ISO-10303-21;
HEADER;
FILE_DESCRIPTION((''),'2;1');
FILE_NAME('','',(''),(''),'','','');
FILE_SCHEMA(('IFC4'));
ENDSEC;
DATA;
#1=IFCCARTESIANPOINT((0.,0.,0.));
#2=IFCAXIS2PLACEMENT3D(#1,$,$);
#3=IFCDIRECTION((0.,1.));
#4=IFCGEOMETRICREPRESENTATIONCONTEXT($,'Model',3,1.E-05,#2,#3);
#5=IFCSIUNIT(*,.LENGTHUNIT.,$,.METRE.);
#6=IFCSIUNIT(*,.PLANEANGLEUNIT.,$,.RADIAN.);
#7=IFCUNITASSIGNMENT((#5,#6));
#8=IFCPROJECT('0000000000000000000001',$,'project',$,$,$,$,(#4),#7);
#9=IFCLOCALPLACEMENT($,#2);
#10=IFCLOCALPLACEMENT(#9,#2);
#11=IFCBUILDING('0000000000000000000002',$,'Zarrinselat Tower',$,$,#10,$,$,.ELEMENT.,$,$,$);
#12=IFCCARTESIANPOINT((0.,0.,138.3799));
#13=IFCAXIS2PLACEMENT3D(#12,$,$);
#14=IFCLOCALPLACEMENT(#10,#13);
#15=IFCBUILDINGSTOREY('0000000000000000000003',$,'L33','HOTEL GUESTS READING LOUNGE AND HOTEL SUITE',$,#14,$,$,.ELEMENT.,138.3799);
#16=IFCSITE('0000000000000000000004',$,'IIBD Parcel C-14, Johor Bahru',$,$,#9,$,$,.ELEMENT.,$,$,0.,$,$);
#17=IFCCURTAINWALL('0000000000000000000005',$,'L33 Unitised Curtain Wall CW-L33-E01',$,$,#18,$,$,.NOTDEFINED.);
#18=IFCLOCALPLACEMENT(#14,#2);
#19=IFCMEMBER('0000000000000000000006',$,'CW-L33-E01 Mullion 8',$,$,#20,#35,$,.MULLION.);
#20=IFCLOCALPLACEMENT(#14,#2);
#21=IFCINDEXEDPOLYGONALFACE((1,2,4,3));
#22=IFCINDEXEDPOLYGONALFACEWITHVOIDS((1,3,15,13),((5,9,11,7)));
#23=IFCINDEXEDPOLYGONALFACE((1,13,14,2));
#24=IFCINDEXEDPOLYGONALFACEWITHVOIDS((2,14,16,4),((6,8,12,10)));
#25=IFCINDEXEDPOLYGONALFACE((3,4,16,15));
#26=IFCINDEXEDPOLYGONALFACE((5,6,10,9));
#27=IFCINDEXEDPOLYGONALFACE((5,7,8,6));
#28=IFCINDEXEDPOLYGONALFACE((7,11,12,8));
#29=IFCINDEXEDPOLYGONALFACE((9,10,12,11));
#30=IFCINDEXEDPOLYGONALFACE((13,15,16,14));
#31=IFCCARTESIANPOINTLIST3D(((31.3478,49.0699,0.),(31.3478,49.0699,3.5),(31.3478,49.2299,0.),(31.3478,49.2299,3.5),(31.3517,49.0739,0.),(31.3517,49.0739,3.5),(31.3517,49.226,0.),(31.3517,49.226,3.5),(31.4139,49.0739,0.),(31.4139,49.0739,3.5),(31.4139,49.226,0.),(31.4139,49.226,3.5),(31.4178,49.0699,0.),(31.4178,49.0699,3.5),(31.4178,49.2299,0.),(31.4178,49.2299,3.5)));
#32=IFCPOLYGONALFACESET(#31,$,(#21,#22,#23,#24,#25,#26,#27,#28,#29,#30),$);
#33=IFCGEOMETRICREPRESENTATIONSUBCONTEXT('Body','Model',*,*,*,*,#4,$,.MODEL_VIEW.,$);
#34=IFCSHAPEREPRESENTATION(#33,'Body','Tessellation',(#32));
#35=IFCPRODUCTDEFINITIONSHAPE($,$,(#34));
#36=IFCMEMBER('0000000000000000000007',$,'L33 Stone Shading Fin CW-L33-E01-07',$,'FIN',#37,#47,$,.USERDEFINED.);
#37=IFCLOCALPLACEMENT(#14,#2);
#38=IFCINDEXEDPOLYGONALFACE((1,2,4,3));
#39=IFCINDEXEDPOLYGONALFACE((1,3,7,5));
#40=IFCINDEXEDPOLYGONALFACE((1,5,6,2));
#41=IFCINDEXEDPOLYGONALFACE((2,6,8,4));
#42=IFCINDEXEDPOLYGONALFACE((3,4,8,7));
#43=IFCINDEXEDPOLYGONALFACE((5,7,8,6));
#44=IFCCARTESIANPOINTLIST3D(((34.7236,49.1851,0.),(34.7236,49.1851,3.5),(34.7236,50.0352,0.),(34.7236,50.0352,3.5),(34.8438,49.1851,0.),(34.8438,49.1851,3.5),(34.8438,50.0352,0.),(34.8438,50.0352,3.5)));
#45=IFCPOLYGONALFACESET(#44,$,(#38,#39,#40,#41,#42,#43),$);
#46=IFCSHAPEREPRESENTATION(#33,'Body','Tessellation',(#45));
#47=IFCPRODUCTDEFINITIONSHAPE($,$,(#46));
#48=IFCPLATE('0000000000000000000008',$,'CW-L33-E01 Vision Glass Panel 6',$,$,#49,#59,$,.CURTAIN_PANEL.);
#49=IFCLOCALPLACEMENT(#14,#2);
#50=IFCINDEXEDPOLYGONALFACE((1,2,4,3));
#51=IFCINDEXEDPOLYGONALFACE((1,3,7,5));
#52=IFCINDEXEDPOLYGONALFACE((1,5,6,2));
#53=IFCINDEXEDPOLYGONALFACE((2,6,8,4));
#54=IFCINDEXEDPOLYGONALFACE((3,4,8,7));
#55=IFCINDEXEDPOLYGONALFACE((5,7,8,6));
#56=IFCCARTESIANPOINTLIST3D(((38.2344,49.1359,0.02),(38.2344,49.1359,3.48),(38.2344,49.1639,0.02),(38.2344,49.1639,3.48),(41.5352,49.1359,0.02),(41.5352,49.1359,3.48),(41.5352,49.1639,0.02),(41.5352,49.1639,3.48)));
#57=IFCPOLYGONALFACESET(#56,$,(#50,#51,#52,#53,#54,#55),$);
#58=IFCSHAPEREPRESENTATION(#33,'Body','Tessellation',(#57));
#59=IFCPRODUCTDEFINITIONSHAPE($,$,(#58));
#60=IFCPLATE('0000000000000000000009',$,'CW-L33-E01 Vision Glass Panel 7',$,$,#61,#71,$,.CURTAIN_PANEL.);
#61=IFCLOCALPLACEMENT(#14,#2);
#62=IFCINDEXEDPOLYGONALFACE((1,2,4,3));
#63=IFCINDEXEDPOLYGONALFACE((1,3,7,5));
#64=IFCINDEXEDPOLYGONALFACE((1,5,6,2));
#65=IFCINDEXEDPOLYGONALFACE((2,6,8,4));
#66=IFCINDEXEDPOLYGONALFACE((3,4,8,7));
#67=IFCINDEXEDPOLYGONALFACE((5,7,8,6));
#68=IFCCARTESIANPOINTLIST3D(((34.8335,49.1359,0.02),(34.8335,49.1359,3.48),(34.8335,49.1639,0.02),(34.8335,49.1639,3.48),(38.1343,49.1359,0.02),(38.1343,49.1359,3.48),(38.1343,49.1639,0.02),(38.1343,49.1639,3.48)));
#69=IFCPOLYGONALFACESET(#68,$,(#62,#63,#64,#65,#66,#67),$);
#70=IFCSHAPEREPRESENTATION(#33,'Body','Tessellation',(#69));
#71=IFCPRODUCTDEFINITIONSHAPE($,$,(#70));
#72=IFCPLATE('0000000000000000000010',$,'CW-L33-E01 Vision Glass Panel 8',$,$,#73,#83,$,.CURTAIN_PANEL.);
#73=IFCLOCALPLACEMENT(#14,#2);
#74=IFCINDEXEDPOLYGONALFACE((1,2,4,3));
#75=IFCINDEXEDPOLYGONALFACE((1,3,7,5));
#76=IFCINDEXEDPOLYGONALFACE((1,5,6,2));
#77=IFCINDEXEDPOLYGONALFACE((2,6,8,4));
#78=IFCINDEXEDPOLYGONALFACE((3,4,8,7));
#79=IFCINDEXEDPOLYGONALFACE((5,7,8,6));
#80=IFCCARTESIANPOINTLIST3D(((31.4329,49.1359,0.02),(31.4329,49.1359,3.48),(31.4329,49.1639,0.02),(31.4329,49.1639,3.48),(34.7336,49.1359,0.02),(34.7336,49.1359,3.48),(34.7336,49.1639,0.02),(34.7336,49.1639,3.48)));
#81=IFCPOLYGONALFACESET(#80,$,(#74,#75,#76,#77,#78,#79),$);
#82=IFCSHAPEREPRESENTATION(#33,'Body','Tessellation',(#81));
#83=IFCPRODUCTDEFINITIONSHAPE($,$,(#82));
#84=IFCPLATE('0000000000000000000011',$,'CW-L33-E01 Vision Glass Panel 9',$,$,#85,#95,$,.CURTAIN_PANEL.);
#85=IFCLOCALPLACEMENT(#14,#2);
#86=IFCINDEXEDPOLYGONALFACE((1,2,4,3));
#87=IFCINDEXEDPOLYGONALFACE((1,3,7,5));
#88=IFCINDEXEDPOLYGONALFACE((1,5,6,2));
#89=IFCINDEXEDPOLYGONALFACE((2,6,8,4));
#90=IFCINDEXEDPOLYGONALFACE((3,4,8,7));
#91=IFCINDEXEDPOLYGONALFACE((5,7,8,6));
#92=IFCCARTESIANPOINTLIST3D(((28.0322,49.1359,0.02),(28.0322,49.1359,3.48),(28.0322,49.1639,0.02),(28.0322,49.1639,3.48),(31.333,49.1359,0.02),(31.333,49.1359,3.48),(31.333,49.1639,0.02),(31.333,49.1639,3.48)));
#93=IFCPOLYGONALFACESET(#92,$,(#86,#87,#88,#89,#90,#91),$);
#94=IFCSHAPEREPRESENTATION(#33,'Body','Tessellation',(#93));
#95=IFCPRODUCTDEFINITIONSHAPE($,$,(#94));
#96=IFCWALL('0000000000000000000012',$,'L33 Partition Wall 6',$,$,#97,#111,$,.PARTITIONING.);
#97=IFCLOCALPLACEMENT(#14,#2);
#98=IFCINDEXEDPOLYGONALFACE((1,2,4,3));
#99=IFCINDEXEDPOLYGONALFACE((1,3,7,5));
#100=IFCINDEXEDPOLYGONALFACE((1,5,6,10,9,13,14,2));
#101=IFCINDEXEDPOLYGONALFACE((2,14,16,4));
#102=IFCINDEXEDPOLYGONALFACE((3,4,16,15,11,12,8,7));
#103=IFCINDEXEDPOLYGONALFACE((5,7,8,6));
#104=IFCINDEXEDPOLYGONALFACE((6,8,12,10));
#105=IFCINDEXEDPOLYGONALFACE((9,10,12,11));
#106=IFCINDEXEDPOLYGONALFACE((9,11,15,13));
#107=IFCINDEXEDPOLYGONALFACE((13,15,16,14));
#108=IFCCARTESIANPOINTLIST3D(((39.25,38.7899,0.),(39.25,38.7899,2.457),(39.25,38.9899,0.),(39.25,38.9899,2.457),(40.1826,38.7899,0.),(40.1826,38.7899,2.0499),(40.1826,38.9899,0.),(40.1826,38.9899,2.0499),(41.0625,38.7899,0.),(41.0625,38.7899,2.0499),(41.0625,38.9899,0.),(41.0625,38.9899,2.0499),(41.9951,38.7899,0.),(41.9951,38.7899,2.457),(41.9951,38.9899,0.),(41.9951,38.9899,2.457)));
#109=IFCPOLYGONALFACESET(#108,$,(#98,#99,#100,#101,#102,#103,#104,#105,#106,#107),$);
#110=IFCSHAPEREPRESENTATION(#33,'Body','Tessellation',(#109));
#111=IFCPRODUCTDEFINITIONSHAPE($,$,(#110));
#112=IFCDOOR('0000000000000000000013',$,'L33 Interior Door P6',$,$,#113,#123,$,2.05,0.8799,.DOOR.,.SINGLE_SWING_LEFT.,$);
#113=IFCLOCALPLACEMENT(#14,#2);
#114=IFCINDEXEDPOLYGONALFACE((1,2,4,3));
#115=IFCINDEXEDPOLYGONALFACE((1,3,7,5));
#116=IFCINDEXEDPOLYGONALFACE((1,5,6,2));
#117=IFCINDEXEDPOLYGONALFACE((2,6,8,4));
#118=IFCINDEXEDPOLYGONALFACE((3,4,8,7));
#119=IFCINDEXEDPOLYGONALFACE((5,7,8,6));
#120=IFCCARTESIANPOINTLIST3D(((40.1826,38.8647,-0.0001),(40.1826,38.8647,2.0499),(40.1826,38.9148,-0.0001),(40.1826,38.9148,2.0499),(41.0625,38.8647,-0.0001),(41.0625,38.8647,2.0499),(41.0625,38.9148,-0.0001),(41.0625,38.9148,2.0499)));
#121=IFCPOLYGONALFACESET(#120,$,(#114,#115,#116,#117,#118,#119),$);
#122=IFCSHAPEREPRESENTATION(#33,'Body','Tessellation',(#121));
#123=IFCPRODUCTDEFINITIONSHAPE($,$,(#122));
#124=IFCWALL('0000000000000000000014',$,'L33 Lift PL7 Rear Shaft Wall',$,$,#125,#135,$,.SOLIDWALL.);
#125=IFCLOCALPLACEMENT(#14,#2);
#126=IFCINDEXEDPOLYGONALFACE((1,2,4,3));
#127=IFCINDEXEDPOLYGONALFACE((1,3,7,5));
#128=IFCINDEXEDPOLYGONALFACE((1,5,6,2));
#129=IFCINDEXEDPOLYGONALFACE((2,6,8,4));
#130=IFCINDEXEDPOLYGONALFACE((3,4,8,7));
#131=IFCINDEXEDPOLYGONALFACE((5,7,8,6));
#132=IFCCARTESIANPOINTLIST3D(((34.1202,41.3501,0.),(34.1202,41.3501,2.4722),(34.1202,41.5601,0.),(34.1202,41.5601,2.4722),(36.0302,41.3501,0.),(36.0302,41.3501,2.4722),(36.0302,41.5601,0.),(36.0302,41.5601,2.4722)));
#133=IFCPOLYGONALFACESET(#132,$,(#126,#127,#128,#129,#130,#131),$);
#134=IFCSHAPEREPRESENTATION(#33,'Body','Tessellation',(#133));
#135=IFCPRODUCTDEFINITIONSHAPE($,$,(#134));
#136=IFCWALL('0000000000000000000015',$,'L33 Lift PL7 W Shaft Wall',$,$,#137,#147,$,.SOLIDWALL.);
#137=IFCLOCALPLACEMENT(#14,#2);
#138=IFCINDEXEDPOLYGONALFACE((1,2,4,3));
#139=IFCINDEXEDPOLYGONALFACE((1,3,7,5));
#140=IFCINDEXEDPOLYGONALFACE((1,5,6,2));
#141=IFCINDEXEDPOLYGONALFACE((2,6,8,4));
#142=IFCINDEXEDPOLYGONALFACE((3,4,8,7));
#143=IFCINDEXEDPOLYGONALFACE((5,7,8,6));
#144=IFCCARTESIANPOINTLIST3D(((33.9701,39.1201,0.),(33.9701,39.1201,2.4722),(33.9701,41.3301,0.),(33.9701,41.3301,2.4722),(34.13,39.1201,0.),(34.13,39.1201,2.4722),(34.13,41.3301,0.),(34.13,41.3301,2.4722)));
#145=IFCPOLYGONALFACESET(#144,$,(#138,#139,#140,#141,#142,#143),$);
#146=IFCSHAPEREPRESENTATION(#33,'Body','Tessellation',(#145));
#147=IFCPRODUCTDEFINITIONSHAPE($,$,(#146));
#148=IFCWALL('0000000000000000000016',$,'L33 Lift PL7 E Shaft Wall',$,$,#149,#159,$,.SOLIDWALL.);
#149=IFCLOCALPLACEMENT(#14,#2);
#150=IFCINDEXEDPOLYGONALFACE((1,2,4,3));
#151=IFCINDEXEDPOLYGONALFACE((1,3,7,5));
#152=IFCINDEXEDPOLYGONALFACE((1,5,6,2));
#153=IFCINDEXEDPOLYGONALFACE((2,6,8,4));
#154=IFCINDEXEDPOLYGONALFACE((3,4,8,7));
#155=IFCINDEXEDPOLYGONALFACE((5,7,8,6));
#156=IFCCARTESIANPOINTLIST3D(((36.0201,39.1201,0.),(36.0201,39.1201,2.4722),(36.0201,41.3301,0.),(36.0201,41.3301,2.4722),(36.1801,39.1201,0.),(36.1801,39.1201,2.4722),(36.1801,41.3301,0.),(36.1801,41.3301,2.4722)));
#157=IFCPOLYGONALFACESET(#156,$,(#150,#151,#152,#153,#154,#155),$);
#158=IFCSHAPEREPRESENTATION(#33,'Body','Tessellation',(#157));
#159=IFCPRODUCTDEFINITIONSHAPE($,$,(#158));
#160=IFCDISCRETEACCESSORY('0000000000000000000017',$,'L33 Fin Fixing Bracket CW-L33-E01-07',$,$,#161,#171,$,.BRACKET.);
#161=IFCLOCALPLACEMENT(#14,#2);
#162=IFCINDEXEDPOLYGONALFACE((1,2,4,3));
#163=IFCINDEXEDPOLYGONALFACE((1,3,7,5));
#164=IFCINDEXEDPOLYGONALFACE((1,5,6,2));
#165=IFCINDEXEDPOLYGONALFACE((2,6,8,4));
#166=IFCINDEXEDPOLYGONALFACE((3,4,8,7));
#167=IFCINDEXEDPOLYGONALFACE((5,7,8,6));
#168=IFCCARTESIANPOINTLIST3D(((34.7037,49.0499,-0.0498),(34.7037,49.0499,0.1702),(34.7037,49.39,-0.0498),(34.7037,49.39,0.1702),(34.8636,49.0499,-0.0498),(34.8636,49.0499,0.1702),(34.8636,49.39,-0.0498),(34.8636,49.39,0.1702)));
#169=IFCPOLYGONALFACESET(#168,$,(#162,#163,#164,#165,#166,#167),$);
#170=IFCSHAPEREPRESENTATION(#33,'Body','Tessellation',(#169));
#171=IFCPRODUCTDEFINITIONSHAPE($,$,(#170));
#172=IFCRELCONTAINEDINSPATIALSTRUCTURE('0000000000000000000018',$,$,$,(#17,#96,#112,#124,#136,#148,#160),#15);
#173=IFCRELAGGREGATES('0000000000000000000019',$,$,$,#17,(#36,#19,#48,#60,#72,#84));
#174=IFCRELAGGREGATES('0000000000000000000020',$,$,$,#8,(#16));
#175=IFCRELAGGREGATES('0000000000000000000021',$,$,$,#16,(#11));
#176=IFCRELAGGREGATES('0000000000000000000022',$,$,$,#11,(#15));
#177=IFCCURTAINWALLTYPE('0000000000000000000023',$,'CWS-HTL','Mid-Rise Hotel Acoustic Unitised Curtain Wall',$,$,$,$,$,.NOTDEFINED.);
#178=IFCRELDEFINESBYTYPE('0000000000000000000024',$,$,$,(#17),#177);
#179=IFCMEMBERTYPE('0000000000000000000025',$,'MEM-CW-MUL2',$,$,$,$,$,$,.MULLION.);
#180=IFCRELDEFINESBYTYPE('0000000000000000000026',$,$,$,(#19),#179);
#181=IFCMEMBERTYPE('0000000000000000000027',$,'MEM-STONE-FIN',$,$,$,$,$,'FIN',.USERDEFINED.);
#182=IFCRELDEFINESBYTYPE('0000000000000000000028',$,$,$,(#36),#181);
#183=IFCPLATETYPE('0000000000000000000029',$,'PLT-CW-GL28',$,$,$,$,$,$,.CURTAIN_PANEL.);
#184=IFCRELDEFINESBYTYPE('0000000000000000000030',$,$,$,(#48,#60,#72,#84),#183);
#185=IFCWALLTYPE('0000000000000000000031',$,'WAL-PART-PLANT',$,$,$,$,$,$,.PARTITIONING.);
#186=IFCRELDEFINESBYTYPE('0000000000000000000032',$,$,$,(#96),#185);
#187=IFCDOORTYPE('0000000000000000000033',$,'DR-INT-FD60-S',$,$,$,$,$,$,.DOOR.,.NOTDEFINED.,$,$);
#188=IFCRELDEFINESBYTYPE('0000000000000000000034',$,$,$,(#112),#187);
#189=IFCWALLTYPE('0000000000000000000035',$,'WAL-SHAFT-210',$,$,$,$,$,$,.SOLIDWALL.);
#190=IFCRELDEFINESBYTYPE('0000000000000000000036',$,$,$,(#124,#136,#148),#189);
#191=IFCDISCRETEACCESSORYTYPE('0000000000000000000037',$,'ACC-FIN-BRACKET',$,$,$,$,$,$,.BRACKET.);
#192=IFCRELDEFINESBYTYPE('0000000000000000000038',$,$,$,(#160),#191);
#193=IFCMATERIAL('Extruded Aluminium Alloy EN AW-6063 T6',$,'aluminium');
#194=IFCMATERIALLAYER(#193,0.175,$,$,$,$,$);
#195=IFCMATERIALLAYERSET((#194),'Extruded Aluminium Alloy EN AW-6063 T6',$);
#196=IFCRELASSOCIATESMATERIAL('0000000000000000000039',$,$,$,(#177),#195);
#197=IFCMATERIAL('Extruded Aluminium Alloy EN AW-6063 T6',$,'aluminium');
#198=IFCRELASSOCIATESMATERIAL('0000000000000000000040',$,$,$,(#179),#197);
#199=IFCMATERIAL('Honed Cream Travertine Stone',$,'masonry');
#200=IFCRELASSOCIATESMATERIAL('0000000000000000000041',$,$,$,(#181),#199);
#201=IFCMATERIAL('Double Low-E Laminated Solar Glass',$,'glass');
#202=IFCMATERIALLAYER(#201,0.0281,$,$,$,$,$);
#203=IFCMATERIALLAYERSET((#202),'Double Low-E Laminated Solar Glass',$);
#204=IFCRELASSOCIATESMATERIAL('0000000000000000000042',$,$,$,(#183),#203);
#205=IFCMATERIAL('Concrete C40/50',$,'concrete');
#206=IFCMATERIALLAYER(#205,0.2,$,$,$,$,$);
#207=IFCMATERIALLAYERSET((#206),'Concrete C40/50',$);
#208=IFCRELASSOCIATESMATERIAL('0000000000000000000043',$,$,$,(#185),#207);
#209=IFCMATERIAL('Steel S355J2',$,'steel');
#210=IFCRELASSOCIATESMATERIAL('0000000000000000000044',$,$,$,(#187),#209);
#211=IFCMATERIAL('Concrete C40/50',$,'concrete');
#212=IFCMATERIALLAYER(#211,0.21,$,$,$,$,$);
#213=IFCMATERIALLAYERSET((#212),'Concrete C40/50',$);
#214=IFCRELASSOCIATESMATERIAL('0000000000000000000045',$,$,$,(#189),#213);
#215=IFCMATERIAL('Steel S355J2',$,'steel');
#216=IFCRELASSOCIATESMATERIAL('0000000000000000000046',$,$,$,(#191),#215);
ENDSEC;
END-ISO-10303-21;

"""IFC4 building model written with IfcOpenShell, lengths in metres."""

from ifc_helpers import new_model, si_unit, direction, frame, frame_2d, origin, origin_2d, place, context, subcontext, project, spatial, rectangle, hollow_rectangle, extrude, material, layer, layer_set, material_profile, profile_set, type_object, element, fill, aggregate, save


model = new_model("IFC4")

# Units and contexts
model_context = context("Model", 3, precision=1e-05, world=origin(), true_north=direction((0.0, 1.0)))
body_context = subcontext(model_context, "Body", "Model", "MODEL_VIEW")
ifc_project = project(units=[si_unit("LENGTHUNIT", "METRE"), si_unit("PLANEANGLEUNIT", "RADIAN")], contexts=[model_context])

# Site, building, storey
site_placement = place(None, origin())
site = spatial("IfcSite", under=ifc_project, at=site_placement, Name="IIBD Parcel C-14, Johor Bahru", CompositionType="ELEMENT", RefElevation=0.0)
building_placement = place(site_placement, origin())
building = spatial("IfcBuilding", under=site, at=building_placement, Name="Zarrinselat Tower", CompositionType="ELEMENT")
storey_placement = place(building_placement, frame((0.0, 0.0, 138.3799)))
storey = spatial("IfcBuildingStorey", under=building, at=storey_placement, Name="L33", Description="HOTEL GUESTS READING LOUNGE AND HOTEL SUITE", CompositionType="ELEMENT", Elevation=138.3799)

# Curtain wall, members, plates
ifc_material_1 = material(Name="Extruded Aluminium Alloy EN AW-6063 T6", Category="aluminium")
ifc_layer_1 = layer(ifc_material_1, 0.175)
ifc_layer_set_1 = layer_set([ifc_layer_1], Name="Extruded Aluminium Alloy EN AW-6063 T6")
curtain_wall_type = type_object("IfcCurtainWallType", Name="CWS-HTL", Description="Mid-Rise Hotel Acoustic Unitised Curtain Wall", PredefinedType="NOTDEFINED", material=ifc_layer_set_1)
curtain_wall_placement = place(storey_placement, origin())
curtain_wall = element("IfcCurtainWall", 1, at=curtain_wall_placement, inside=storey, type_object=curtain_wall_type, Name="L33 Unitised Curtain Wall CW-L33-E01", PredefinedType="NOTDEFINED")
ifc_material_2 = material(Name="Extruded Aluminium Alloy EN AW-6063 T6", Category="aluminium")
ifc_material_profile_1 = material_profile(ifc_material_2, hollow_rectangle(XDim=0.0701, YDim=0.1599, WallThickness=0.0039, at=origin_2d()), Name="RHS 160x70x4")
ifc_profile_set_1 = profile_set([ifc_material_profile_1], Name="Extruded Aluminium Alloy EN AW-6063 T6")
member_type_1 = type_object("IfcMemberType", Name="MEM-CW-MUL2", PredefinedType="MULLION", material=ifc_profile_set_1)
member_1_placement = place(storey_placement, frame((31.3828, 49.1499, 0.0), z_axis=(0.0, 0.0, 1.0), x_axis=(-1.0, 0.0, 0.0)))
member_1 = element("IfcMember", 2, at=member_1_placement, type_object=member_type_1, Name="CW-L33-E01 Mullion 8", PredefinedType="MULLION", context=body_context, shape_type="SweptSolid", body=[
    extrude(hollow_rectangle(XDim=0.0701, YDim=0.1599, WallThickness=0.0039, at=origin_2d()), origin(), (0.0, 0.0, 1.0), 3.5),
])
ifc_material_3 = material(Name="Honed Cream Travertine Stone", Category="masonry")
ifc_material_profile_2 = material_profile(ifc_material_3, rectangle(XDim=0.1201, YDim=0.8501, at=origin_2d()), Name="FIN 850x120")
ifc_profile_set_2 = profile_set([ifc_material_profile_2], Name="Honed Cream Travertine Stone")
member_type_2 = type_object("IfcMemberType", Name="MEM-STONE-FIN", ElementType="FIN", PredefinedType="USERDEFINED", material=ifc_profile_set_2)
member_2_placement = place(storey_placement, frame((34.7837, 49.6101, 0.0), z_axis=(0.0, 0.0, 1.0), x_axis=(1.0, 0.0, 0.0)))
member_2 = element("IfcMember", 3, at=member_2_placement, type_object=member_type_2, Name="L33 Stone Shading Fin CW-L33-E01-07", ObjectType="FIN", PredefinedType="USERDEFINED", context=body_context, shape_type="SweptSolid", body=[
    extrude(rectangle(XDim=0.1201, YDim=0.8501, at=origin_2d()), origin(), (0.0, 0.0, 1.0), 3.5),
])
ifc_material_4 = material(Name="Double Low-E Laminated Solar Glass", Category="glass")
ifc_layer_2 = layer(ifc_material_4, 0.0281)
ifc_layer_set_2 = layer_set([ifc_layer_2], Name="Double Low-E Laminated Solar Glass")
plate_type = type_object("IfcPlateType", Name="PLT-CW-GL28", PredefinedType="CURTAIN_PANEL", material=ifc_layer_set_2)
plate_1_placement = place(storey_placement, frame((39.8848, 49.1499, 0.02), z_axis=(0.0, 0.0, 1.0), x_axis=(-1.0, 0.0, 0.0)))
plate_1 = element("IfcPlate", 4, at=plate_1_placement, type_object=plate_type, Name="CW-L33-E01 Vision Glass Panel 6", PredefinedType="CURTAIN_PANEL", context=body_context, shape_type="SweptSolid", body=[
    extrude(rectangle(XDim=3.3008, YDim=0.0281, at=origin_2d()), origin(), (0.0, 0.0, 1.0), 3.46),
])
plate_2_placement = place(storey_placement, frame((36.4839, 49.1499, 0.02), z_axis=(0.0, 0.0, 1.0), x_axis=(-1.0, 0.0, 0.0)))
plate_2 = element("IfcPlate", 5, at=plate_2_placement, type_object=plate_type, Name="CW-L33-E01 Vision Glass Panel 7", PredefinedType="CURTAIN_PANEL", context=body_context, shape_type="SweptSolid", body=[
    extrude(rectangle(XDim=3.3008, YDim=0.0281, at=origin_2d()), origin(), (0.0, 0.0, 1.0), 3.46),
])
plate_3_placement = place(storey_placement, frame((33.0833, 49.1499, 0.02), z_axis=(0.0, 0.0, 1.0), x_axis=(-1.0, 0.0, 0.0)))
plate_3 = element("IfcPlate", 6, at=plate_3_placement, type_object=plate_type, Name="CW-L33-E01 Vision Glass Panel 8", PredefinedType="CURTAIN_PANEL", context=body_context, shape_type="SweptSolid", body=[
    extrude(rectangle(XDim=3.3008, YDim=0.0281, at=origin_2d()), origin(), (0.0, 0.0, 1.0), 3.46),
])
plate_4_placement = place(storey_placement, frame((29.6826, 49.1499, 0.02), z_axis=(0.0, 0.0, 1.0), x_axis=(-1.0, 0.0, 0.0)))
plate_4 = element("IfcPlate", 7, at=plate_4_placement, type_object=plate_type, Name="CW-L33-E01 Vision Glass Panel 9", PredefinedType="CURTAIN_PANEL", context=body_context, shape_type="SweptSolid", body=[
    extrude(rectangle(XDim=3.3008, YDim=0.0281, at=origin_2d()), origin(), (0.0, 0.0, 1.0), 3.46),
])
aggregate(curtain_wall, [member_2, member_1, plate_1, plate_2, plate_3, plate_4])

# Wall, opening, door
ifc_material_5 = material(Name="Concrete C40/50", Category="concrete")
ifc_layer_3 = layer(ifc_material_5, 0.2)
ifc_layer_set_3 = layer_set([ifc_layer_3], Name="Concrete C40/50")
wall_type_1 = type_object("IfcWallType", Name="WAL-PART-PLANT", PredefinedType="PARTITIONING", material=ifc_layer_set_3)
wall_1_placement = place(storey_placement, frame((39.25, 38.8899, 0.0), z_axis=(0.0, 0.0, 1.0), x_axis=(1.0, 0.0, 0.0)))
wall_1 = element("IfcWall", 8, at=wall_1_placement, inside=storey, type_object=wall_type_1, Name="L33 Partition Wall 6", PredefinedType="PARTITIONING", context=body_context, shape_type="SweptSolid", body=[
    extrude(rectangle(XDim=2.7451, YDim=0.2, at=frame_2d((1.3726, 0.0))), origin(), (0.0, 0.0, 1.0), 2.457),
])
opening_placement = place(wall_1_placement, frame((0.9326, 0.0, 0.0)))
opening = element("IfcOpeningElement", 9, at=opening_placement, cuts=wall_1, PredefinedType="OPENING", context=body_context, shape_type="SweptSolid", body=[
    extrude(rectangle(XDim=0.8799, YDim=2.05, at=frame_2d((0.4399, 1.0249))), frame((0.0, 0.1099, 0.0), z_axis=(0.0, -1.0, 0.0), x_axis=(1.0, 0.0, 0.0)), (0.0, 0.0, 1.0), 0.22),
])
ifc_material_6 = material(Name="Steel S355J2", Category="steel")
door_type = type_object("IfcDoorType", Name="DR-INT-FD60-S", OperationType="NOTDEFINED", PredefinedType="DOOR", material=ifc_material_6)
door_placement = place(opening_placement, origin())
door = element("IfcDoor", 10, at=door_placement, inside=storey, type_object=door_type, Name="L33 Interior Door P6", OperationType="SINGLE_SWING_LEFT", OverallHeight=2.05, OverallWidth=0.8799, PredefinedType="DOOR", context=body_context, shape_type="SweptSolid", body=[
    extrude(rectangle(XDim=0.8799, YDim=2.05, at=frame_2d((0.4399, 1.0249))), frame((0.0, 0.0249, 0.0), z_axis=(0.0, -1.0, 0.0), x_axis=(1.0, 0.0, 0.0)), (0.0, 0.0, 1.0), 0.05),
])
fill(opening, door)

# Walls
ifc_material_7 = material(Name="Concrete C40/50", Category="concrete")
ifc_layer_4 = layer(ifc_material_7, 0.21)
ifc_layer_set_4 = layer_set([ifc_layer_4], Name="Concrete C40/50")
wall_type_2 = type_object("IfcWallType", Name="WAL-SHAFT-210", PredefinedType="SOLIDWALL", material=ifc_layer_set_4)
wall_2_placement = place(storey_placement, frame((34.1201, 41.4551, 0.0), z_axis=(0.0, 0.0, 1.0), x_axis=(1.0, 0.0, 0.0)))
element("IfcWall", 11, at=wall_2_placement, inside=storey, type_object=wall_type_2, Name="L33 Lift PL7 Rear Shaft Wall", PredefinedType="SOLIDWALL", context=body_context, shape_type="SweptSolid", body=[
    extrude(rectangle(XDim=1.9099, YDim=0.21, at=frame_2d((0.9551, 0.0))), origin(), (0.0, 0.0, 1.0), 2.4722),
])
for number, where, z_axis, x_axis, name in (
    (12, (34.05, 39.1201, 0.0), (0.0, 0.0, 1.0), (0.0, 1.0, 0.0), "L33 Lift PL7 W Shaft Wall"),
    (13, (36.1001, 39.1201, 0.0), (0.0, 0.0, 1.0), (0.0, 1.0, 0.0), "L33 Lift PL7 E Shaft Wall"),
):
    element("IfcWall", number, at=place(storey_placement, frame(where, z_axis=z_axis, x_axis=x_axis)), inside=storey, type_object=wall_type_2, Name=name, PredefinedType="SOLIDWALL", context=body_context, shape_type="SweptSolid", body=[
        extrude(rectangle(XDim=2.21, YDim=0.1599, at=frame_2d((1.105, 0.0))), origin(), (0.0, 0.0, 1.0), 2.4722),
    ])

# Discrete accessory
ifc_material_8 = material(Name="Steel S355J2", Category="steel")
discrete_accessory_type = type_object("IfcDiscreteAccessoryType", Name="ACC-FIN-BRACKET", PredefinedType="BRACKET", material=ifc_material_8)
discrete_accessory_placement = place(storey_placement, frame((34.7837, 49.22, -0.0498), z_axis=(0.0, 0.0, 1.0), x_axis=(0.0, 1.0, 0.0)))
element("IfcDiscreteAccessory", 14, at=discrete_accessory_placement, inside=storey, type_object=discrete_accessory_type, Name="L33 Fin Fixing Bracket CW-L33-E01-07", PredefinedType="BRACKET", context=body_context, shape_type="SweptSolid", body=[
    extrude(rectangle(XDim=0.3401, YDim=0.1599, at=origin_2d()), origin(), (0.0, 0.0, 1.0), 0.22),
])

save(model, "model.ifc")
